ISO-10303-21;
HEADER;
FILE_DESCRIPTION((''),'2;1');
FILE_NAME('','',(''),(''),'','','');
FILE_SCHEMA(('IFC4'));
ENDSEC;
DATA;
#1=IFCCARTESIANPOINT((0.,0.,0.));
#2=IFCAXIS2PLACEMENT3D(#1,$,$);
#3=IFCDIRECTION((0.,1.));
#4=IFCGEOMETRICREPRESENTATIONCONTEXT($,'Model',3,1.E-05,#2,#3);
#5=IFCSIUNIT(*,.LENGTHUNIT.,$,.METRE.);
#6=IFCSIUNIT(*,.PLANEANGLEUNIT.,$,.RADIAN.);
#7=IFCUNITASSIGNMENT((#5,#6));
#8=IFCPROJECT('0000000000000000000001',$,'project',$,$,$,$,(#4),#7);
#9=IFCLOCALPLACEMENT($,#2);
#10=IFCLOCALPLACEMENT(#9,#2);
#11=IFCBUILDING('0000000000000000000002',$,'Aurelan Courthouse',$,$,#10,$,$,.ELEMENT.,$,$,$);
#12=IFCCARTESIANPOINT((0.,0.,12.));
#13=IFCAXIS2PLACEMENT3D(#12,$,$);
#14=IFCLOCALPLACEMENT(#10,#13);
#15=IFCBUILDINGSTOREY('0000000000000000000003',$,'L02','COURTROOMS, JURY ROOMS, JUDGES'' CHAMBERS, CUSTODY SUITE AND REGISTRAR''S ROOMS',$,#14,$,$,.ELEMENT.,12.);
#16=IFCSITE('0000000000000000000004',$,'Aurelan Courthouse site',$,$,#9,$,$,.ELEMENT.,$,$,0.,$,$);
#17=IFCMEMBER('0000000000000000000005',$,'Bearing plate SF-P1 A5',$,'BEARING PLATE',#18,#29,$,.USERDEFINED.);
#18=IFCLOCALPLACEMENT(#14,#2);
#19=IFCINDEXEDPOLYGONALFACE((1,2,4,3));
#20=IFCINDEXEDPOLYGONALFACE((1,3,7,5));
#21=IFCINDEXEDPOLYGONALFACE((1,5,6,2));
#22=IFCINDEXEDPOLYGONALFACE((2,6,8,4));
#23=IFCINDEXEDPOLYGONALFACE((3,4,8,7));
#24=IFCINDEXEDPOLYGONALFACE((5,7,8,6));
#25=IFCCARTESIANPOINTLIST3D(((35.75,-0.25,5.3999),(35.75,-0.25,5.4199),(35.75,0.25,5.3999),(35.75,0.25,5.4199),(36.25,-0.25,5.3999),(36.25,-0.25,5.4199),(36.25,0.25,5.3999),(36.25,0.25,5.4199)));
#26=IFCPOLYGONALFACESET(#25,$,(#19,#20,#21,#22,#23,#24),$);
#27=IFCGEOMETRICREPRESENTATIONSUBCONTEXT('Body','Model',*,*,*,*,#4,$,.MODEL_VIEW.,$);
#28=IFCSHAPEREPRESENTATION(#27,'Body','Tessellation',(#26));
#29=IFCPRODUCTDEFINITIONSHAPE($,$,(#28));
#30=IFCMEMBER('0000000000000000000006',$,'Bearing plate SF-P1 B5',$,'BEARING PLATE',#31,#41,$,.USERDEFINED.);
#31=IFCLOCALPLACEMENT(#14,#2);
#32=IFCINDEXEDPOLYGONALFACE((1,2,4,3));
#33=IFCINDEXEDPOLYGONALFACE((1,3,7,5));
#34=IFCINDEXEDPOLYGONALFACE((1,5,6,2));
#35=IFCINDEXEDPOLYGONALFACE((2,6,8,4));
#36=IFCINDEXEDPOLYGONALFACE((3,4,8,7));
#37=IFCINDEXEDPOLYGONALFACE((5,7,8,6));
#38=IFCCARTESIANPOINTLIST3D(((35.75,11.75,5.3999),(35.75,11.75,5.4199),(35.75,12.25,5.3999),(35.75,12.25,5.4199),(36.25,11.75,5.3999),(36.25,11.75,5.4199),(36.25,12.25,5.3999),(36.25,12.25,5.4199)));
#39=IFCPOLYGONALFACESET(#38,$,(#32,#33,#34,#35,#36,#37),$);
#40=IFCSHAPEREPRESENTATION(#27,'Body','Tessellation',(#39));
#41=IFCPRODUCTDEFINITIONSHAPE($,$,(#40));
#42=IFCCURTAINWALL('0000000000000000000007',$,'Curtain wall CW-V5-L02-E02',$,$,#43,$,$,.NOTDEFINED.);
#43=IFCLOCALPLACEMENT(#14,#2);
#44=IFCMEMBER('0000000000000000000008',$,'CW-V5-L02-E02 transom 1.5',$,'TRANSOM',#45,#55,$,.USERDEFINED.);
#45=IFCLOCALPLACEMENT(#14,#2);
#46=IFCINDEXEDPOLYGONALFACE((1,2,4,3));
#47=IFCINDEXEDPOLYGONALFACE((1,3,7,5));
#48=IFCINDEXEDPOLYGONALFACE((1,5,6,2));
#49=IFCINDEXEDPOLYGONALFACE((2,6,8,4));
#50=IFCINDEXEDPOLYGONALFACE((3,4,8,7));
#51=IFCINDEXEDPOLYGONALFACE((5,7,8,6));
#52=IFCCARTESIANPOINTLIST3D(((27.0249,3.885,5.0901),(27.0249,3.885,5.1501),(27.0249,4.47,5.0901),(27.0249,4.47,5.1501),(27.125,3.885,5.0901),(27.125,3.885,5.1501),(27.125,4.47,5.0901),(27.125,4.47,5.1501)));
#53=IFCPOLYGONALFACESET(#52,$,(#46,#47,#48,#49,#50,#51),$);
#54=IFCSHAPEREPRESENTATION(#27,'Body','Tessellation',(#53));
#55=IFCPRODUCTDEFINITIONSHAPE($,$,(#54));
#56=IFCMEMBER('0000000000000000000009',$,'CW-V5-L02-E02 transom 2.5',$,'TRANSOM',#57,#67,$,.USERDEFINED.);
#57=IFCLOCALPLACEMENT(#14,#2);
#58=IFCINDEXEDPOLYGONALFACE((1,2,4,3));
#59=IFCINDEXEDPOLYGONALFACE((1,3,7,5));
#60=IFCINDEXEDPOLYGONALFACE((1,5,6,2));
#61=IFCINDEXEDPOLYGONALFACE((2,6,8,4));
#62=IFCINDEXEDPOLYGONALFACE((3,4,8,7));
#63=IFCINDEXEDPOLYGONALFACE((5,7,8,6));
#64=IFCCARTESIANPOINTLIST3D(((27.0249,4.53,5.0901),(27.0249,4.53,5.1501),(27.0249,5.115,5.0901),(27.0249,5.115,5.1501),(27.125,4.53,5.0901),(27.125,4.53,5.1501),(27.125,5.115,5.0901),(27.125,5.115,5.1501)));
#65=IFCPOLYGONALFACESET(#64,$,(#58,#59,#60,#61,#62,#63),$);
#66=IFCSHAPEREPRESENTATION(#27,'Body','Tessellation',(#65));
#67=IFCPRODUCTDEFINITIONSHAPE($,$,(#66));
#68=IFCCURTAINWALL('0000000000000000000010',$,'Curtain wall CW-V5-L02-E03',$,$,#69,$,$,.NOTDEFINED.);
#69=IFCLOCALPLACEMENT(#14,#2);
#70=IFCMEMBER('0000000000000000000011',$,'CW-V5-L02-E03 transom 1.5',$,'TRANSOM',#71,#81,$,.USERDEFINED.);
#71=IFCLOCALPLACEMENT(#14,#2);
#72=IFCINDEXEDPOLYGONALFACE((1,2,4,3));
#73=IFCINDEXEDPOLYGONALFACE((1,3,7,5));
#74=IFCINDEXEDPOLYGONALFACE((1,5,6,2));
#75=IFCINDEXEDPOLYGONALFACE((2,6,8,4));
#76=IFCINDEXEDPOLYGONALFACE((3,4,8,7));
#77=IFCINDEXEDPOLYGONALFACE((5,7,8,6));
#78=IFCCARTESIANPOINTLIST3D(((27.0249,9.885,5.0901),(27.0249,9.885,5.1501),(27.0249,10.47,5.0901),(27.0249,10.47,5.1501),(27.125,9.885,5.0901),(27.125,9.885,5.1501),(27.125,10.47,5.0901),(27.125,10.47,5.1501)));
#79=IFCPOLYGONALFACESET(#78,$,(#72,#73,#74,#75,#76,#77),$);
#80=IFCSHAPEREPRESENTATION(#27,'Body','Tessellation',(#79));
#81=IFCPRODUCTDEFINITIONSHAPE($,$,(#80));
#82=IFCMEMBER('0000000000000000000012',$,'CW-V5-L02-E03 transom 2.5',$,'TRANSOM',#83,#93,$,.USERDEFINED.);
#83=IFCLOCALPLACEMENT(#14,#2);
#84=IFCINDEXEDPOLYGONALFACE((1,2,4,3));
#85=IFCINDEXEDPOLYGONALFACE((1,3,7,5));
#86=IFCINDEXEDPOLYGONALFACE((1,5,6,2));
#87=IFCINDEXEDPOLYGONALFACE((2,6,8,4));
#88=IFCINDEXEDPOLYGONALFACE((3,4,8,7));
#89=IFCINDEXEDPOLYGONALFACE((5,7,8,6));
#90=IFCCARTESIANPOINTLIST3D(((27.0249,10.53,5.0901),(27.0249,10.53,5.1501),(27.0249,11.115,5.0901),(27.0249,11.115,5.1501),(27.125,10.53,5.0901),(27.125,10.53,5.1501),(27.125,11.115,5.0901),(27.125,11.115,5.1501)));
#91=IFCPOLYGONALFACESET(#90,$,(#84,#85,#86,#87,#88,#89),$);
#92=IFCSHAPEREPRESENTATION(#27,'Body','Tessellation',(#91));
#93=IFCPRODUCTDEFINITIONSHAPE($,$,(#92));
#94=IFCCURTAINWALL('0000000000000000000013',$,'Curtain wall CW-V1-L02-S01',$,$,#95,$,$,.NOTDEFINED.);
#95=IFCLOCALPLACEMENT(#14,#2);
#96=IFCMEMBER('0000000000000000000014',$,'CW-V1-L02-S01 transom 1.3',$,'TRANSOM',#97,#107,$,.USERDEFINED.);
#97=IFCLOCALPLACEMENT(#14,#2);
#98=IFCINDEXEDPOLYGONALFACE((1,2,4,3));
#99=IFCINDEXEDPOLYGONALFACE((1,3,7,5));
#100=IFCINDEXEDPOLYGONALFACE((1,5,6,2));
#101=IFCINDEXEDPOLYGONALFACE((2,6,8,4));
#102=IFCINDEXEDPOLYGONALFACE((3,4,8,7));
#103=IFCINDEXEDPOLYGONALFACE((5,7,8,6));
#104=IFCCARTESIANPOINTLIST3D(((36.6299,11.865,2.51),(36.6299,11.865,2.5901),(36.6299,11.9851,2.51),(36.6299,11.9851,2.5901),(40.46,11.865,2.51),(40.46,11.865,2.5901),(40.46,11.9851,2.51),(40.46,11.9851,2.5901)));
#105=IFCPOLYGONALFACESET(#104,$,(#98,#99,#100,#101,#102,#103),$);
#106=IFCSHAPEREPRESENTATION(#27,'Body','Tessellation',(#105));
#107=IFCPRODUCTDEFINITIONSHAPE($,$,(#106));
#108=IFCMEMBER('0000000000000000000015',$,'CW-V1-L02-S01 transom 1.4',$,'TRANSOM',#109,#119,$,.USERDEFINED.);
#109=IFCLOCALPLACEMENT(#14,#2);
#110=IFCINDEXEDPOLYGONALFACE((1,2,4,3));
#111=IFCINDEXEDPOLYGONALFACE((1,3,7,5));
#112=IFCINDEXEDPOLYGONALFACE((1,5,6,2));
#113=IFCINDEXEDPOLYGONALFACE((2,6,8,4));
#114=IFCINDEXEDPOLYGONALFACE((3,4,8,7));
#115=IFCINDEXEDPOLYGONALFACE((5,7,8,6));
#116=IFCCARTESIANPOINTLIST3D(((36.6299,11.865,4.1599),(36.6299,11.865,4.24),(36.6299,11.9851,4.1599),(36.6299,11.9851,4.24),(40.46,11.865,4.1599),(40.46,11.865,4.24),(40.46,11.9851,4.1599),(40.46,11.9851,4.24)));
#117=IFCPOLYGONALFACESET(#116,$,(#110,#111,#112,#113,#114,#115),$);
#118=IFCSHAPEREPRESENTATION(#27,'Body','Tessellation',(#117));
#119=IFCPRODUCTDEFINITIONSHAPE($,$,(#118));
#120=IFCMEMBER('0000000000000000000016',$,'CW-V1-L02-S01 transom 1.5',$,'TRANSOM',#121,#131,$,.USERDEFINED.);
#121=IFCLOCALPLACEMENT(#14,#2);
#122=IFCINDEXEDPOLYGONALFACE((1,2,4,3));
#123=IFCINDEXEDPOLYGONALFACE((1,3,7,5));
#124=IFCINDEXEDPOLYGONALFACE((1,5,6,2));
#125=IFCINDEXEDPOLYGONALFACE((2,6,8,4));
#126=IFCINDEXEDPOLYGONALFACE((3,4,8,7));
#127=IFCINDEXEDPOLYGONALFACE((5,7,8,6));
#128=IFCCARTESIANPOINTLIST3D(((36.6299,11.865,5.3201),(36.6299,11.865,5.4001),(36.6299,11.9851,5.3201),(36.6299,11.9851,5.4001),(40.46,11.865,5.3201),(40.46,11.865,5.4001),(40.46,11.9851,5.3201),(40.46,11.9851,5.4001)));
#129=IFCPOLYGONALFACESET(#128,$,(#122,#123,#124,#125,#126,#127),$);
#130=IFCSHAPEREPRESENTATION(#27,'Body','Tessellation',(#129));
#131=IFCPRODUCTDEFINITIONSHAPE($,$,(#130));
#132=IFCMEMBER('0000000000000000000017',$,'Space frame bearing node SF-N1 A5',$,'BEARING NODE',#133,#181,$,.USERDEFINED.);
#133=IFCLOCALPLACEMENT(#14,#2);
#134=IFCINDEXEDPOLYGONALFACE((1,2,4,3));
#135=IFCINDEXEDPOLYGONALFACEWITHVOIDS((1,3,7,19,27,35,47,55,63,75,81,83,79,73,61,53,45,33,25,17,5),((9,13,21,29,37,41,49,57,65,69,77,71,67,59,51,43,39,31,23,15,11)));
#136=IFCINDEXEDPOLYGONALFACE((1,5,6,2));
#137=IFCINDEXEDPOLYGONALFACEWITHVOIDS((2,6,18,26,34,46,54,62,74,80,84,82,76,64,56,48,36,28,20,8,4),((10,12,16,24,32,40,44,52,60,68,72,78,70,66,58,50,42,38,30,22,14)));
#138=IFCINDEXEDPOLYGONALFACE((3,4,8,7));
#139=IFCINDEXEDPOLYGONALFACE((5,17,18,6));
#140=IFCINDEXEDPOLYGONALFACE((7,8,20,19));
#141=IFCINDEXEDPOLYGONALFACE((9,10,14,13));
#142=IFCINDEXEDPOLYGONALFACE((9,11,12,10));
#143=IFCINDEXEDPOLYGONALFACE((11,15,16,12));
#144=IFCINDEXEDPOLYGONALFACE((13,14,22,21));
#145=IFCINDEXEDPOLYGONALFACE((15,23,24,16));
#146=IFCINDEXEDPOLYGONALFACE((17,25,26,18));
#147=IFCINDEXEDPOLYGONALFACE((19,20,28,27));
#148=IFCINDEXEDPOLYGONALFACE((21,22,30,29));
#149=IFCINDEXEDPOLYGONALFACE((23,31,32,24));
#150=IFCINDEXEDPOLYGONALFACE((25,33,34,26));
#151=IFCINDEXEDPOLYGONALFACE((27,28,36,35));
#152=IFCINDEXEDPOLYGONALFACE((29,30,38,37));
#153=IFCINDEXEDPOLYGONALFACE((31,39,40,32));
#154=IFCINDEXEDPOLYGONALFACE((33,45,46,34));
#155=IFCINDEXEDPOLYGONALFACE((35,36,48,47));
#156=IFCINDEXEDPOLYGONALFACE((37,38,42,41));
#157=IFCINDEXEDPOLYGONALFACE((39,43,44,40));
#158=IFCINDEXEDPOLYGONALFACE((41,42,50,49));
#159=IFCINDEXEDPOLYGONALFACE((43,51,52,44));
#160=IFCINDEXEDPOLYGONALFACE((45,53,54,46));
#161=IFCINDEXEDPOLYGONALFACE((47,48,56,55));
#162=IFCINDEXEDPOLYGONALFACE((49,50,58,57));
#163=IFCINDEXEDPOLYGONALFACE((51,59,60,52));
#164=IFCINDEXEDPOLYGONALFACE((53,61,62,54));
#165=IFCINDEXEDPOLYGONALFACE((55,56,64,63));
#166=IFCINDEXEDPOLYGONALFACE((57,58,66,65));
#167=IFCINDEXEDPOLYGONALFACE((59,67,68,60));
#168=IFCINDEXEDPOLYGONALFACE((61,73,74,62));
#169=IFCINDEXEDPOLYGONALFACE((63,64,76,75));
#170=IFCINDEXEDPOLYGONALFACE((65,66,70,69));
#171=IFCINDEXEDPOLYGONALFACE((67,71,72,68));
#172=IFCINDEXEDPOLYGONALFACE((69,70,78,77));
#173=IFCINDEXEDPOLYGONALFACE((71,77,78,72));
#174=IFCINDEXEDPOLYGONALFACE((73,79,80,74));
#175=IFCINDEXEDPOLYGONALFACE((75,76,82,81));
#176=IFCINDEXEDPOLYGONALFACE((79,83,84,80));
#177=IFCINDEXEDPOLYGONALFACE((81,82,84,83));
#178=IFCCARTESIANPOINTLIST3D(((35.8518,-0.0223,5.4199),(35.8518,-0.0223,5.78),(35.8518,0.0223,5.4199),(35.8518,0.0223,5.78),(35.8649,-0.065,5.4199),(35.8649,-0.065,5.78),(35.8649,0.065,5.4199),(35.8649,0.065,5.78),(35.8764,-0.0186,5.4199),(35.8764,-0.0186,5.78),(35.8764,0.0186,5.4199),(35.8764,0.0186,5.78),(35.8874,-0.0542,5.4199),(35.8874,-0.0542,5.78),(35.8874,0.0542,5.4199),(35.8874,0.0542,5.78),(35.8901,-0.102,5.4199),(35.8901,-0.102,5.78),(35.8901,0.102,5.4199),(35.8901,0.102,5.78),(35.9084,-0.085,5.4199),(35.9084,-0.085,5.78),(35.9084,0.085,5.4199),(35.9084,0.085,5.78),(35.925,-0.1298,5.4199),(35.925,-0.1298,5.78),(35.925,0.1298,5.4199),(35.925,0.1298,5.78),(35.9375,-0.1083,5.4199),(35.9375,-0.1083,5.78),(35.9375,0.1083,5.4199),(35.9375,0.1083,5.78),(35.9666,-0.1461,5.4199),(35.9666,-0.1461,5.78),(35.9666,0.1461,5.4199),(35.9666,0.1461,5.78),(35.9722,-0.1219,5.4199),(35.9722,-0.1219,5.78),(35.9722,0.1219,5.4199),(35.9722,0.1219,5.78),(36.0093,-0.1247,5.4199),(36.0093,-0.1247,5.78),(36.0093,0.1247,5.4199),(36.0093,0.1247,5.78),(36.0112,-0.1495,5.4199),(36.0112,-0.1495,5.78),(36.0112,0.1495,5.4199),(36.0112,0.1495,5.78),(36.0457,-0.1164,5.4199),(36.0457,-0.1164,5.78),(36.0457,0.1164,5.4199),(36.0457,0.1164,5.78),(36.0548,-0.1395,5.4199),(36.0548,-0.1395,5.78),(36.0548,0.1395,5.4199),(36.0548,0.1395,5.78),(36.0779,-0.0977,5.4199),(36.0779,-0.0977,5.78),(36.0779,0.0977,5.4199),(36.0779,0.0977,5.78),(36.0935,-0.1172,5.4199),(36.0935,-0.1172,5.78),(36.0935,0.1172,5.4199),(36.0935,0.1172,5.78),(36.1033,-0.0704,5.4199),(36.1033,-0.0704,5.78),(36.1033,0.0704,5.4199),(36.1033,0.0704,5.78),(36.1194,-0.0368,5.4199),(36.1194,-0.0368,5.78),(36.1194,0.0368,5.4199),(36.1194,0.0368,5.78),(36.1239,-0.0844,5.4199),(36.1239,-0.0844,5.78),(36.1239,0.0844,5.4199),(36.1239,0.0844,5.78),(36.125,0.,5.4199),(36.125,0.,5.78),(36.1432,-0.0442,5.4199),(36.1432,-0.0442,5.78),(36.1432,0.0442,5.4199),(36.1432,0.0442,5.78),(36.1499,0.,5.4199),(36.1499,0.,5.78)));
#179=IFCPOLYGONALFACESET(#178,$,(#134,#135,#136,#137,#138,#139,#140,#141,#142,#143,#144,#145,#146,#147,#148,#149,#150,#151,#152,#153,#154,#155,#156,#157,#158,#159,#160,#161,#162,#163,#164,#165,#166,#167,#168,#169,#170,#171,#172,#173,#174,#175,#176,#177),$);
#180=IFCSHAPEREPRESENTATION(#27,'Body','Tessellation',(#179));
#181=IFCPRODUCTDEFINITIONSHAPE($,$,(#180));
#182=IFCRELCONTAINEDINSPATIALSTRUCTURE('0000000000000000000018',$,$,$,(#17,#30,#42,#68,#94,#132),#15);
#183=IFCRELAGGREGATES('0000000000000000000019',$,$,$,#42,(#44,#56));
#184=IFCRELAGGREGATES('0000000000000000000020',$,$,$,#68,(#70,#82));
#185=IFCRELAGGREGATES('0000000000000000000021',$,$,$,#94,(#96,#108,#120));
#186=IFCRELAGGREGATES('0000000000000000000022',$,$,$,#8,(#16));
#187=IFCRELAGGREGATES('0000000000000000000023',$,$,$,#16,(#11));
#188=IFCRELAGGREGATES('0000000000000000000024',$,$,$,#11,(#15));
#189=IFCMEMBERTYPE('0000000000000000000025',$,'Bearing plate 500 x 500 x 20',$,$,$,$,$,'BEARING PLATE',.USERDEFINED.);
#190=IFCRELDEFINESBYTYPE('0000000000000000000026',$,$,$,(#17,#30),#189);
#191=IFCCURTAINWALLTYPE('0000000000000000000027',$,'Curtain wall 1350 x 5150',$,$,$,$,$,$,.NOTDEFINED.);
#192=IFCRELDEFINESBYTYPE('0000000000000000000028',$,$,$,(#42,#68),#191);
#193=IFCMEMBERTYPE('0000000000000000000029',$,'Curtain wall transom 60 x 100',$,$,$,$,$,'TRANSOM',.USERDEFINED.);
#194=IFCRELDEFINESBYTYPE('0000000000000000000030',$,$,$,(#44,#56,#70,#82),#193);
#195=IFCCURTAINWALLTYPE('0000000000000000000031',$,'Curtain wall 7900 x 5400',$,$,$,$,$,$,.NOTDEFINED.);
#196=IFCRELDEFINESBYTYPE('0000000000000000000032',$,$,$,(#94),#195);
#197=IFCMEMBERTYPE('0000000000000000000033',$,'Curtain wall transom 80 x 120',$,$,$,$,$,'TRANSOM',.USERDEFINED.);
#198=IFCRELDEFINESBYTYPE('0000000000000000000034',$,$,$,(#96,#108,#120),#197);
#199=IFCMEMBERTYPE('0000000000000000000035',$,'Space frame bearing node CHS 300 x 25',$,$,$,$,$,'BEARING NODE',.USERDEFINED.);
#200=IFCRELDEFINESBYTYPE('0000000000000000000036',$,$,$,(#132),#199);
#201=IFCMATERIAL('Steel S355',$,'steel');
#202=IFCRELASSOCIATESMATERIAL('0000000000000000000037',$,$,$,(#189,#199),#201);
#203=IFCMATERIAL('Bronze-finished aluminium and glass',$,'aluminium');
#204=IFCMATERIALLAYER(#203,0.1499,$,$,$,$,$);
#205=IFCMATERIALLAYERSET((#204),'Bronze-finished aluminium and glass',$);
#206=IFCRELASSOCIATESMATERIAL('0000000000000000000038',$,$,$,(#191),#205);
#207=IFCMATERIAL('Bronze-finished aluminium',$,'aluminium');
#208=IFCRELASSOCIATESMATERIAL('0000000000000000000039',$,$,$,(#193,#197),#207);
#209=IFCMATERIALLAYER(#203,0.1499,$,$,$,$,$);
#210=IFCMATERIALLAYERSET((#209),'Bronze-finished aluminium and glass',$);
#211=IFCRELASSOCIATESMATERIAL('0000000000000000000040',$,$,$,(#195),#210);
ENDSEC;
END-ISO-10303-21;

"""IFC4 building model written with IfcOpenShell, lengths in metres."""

from ifc_helpers import new_model, si_unit, direction, frame, origin, origin_2d, place, context, subcontext, project, spatial, rectangle, hollow_circle, extrude, material, layer, layer_set, material_profile, profile_set, type_object, element, aggregate, save


model = new_model("IFC4")

# Units and contexts
model_context = context("Model", 3, precision=1e-05, world=origin(), true_north=direction((0.0, 1.0)))
body_context = subcontext(model_context, "Body", "Model", "MODEL_VIEW")
ifc_project = project(units=[si_unit("LENGTHUNIT", "METRE"), si_unit("PLANEANGLEUNIT", "RADIAN")], contexts=[model_context])

# Site, building, storey
site_placement = place(None, origin())
site = spatial("IfcSite", under=ifc_project, at=site_placement, Name="Aurelan Courthouse site", CompositionType="ELEMENT", RefElevation=0.0)
building_placement = place(site_placement, origin())
building = spatial("IfcBuilding", under=site, at=building_placement, Name="Aurelan Courthouse", CompositionType="ELEMENT")
storey_placement = place(building_placement, frame((0.0, 0.0, 12.0)))
storey = spatial("IfcBuildingStorey", under=building, at=storey_placement, Name="L02", Description="COURTROOMS, JURY ROOMS, JUDGES' CHAMBERS, CUSTODY SUITE AND REGISTRAR'S ROOMS", CompositionType="ELEMENT", Elevation=12.0)

# Members
ifc_material_1 = material(Name="Steel S355", Category="steel")
ifc_material_profile_1 = material_profile(ifc_material_1, rectangle(XDim=0.5, YDim=0.5, at=origin_2d()), Name="PL 500 x 500")
ifc_profile_set_1 = profile_set([ifc_material_profile_1], Name="Steel S355")
member_type_1 = type_object("IfcMemberType", Name="Bearing plate 500 x 500 x 20", ElementType="BEARING PLATE", PredefinedType="USERDEFINED", material=ifc_profile_set_1)
for number, where, z_axis, x_axis, name in (
    (1, (36.0, 0.0, 5.3999), (0.0, 0.0, 1.0), (1.0, 0.0, 0.0), "Bearing plate SF-P1 A5"),
    (2, (36.0, 12.0, 5.3999), (0.0, 0.0, 1.0), (1.0, 0.0, 0.0), "Bearing plate SF-P1 B5"),
):
    element("IfcMember", number, at=place(storey_placement, frame(where, z_axis=z_axis, x_axis=x_axis)), inside=storey, type_object=member_type_1, Name=name, ObjectType="BEARING PLATE", PredefinedType="USERDEFINED", context=body_context, shape_type="SweptSolid", body=[
        extrude(rectangle(XDim=0.5, YDim=0.5, at=origin_2d()), origin(), (0.0, 0.0, 1.0), 0.02),
    ])

# Curtain walls, members
ifc_material_2 = material(Name="Bronze-finished aluminium and glass", Category="aluminium")
ifc_layer_1 = layer(ifc_material_2, 0.1499)
ifc_layer_set_1 = layer_set([ifc_layer_1], Name="Bronze-finished aluminium and glass")
curtain_wall_type_1 = type_object("IfcCurtainWallType", Name="Curtain wall 1350 x 5150", PredefinedType="NOTDEFINED", material=ifc_layer_set_1)
curtain_wall_1_placement = place(storey_placement, origin())
curtain_wall_1 = element("IfcCurtainWall", 3, at=curtain_wall_1_placement, inside=storey, type_object=curtain_wall_type_1, Name="Curtain wall CW-V5-L02-E02", PredefinedType="NOTDEFINED")
ifc_material_3 = material(Name="Bronze-finished aluminium", Category="aluminium")
ifc_material_profile_2 = material_profile(ifc_material_3, rectangle(XDim=0.1001, YDim=0.0601, at=origin_2d()), Name="Bronze transom 60 x 100")
ifc_profile_set_2 = profile_set([ifc_material_profile_2], Name="Bronze-finished aluminium")
member_type_2 = type_object("IfcMemberType", Name="Curtain wall transom 60 x 100", ElementType="TRANSOM", PredefinedType="USERDEFINED", material=ifc_profile_set_2)
member_1_placement = place(storey_placement, frame((27.075, 3.885, 5.1201), z_axis=(0.0, 1.0, 0.0), x_axis=(-1.0, 0.0, 0.0)))
member_1 = element("IfcMember", 4, at=member_1_placement, type_object=member_type_2, Name="CW-V5-L02-E02 transom 1.5", ObjectType="TRANSOM", PredefinedType="USERDEFINED", context=body_context, shape_type="SweptSolid", body=[
    extrude(rectangle(XDim=0.1001, YDim=0.0601, at=origin_2d()), origin(), (0.0, 0.0, 1.0), 0.585),
])
member_2_placement = place(storey_placement, frame((27.075, 4.53, 5.1201), z_axis=(0.0, 1.0, 0.0), x_axis=(-1.0, 0.0, 0.0)))
member_2 = element("IfcMember", 5, at=member_2_placement, type_object=member_type_2, Name="CW-V5-L02-E02 transom 2.5", ObjectType="TRANSOM", PredefinedType="USERDEFINED", context=body_context, shape_type="SweptSolid", body=[
    extrude(rectangle(XDim=0.1001, YDim=0.0601, at=origin_2d()), origin(), (0.0, 0.0, 1.0), 0.585),
])
aggregate(curtain_wall_1, [member_1, member_2])
curtain_wall_2_placement = place(storey_placement, origin())
curtain_wall_2 = element("IfcCurtainWall", 6, at=curtain_wall_2_placement, inside=storey, type_object=curtain_wall_type_1, Name="Curtain wall CW-V5-L02-E03", PredefinedType="NOTDEFINED")
member_3_placement = place(storey_placement, frame((27.075, 9.885, 5.1201), z_axis=(0.0, 1.0, 0.0), x_axis=(-1.0, 0.0, 0.0)))
member_3 = element("IfcMember", 7, at=member_3_placement, type_object=member_type_2, Name="CW-V5-L02-E03 transom 1.5", ObjectType="TRANSOM", PredefinedType="USERDEFINED", context=body_context, shape_type="SweptSolid", body=[
    extrude(rectangle(XDim=0.1001, YDim=0.0601, at=origin_2d()), origin(), (0.0, 0.0, 1.0), 0.585),
])
member_4_placement = place(storey_placement, frame((27.075, 10.53, 5.1201), z_axis=(0.0, 1.0, 0.0), x_axis=(-1.0, 0.0, 0.0)))
member_4 = element("IfcMember", 8, at=member_4_placement, type_object=member_type_2, Name="CW-V5-L02-E03 transom 2.5", ObjectType="TRANSOM", PredefinedType="USERDEFINED", context=body_context, shape_type="SweptSolid", body=[
    extrude(rectangle(XDim=0.1001, YDim=0.0601, at=origin_2d()), origin(), (0.0, 0.0, 1.0), 0.585),
])
aggregate(curtain_wall_2, [member_3, member_4])
ifc_layer_2 = layer(ifc_material_2, 0.1499)
ifc_layer_set_2 = layer_set([ifc_layer_2], Name="Bronze-finished aluminium and glass")
curtain_wall_type_2 = type_object("IfcCurtainWallType", Name="Curtain wall 7900 x 5400", PredefinedType="NOTDEFINED", material=ifc_layer_set_2)
curtain_wall_3_placement = place(storey_placement, origin())
curtain_wall_3 = element("IfcCurtainWall", 9, at=curtain_wall_3_placement, inside=storey, type_object=curtain_wall_type_2, Name="Curtain wall CW-V1-L02-S01", PredefinedType="NOTDEFINED")
ifc_material_profile_3 = material_profile(ifc_material_3, rectangle(XDim=0.1201, YDim=0.0801, at=origin_2d()), Name="Bronze transom 80 x 120")
ifc_profile_set_3 = profile_set([ifc_material_profile_3], Name="Bronze-finished aluminium")
member_type_3 = type_object("IfcMemberType", Name="Curtain wall transom 80 x 120", ElementType="TRANSOM", PredefinedType="USERDEFINED", material=ifc_profile_set_3)
member_5_placement = place(storey_placement, frame((36.6299, 11.925, 2.55), z_axis=(1.0, 0.0, 0.0), x_axis=(0.0, 1.0, 0.0)))
member_5 = element("IfcMember", 10, at=member_5_placement, type_object=member_type_3, Name="CW-V1-L02-S01 transom 1.3", ObjectType="TRANSOM", PredefinedType="USERDEFINED", context=body_context, shape_type="SweptSolid", body=[
    extrude(rectangle(XDim=0.1201, YDim=0.0801, at=origin_2d()), origin(), (0.0, 0.0, 1.0), 3.8301),
])
member_6_placement = place(storey_placement, frame((36.6299, 11.925, 4.2), z_axis=(1.0, 0.0, 0.0), x_axis=(0.0, 1.0, 0.0)))
member_6 = element("IfcMember", 11, at=member_6_placement, type_object=member_type_3, Name="CW-V1-L02-S01 transom 1.4", ObjectType="TRANSOM", PredefinedType="USERDEFINED", context=body_context, shape_type="SweptSolid", body=[
    extrude(rectangle(XDim=0.1201, YDim=0.0801, at=origin_2d()), origin(), (0.0, 0.0, 1.0), 3.8301),
])
member_7_placement = place(storey_placement, frame((36.6299, 11.925, 5.3601), z_axis=(1.0, 0.0, 0.0), x_axis=(0.0, 1.0, 0.0)))
member_7 = element("IfcMember", 12, at=member_7_placement, type_object=member_type_3, Name="CW-V1-L02-S01 transom 1.5", ObjectType="TRANSOM", PredefinedType="USERDEFINED", context=body_context, shape_type="SweptSolid", body=[
    extrude(rectangle(XDim=0.1201, YDim=0.0801, at=origin_2d()), origin(), (0.0, 0.0, 1.0), 3.8301),
])
aggregate(curtain_wall_3, [member_5, member_6, member_7])

# Member
ifc_material_profile_4 = material_profile(ifc_material_1, hollow_circle(Radius=0.1499, WallThickness=0.0249, at=origin_2d()), Name="CHS 300 x 25")
ifc_profile_set_4 = profile_set([ifc_material_profile_4], Name="Steel S355")
member_type_4 = type_object("IfcMemberType", Name="Space frame bearing node CHS 300 x 25", ElementType="BEARING NODE", PredefinedType="USERDEFINED", material=ifc_profile_set_4)
member_8_placement = place(storey_placement, frame((36.0, 0.0, 5.4199), z_axis=(0.0, 0.0, 1.0), x_axis=(1.0, 0.0, 0.0)))
element("IfcMember", 13, at=member_8_placement, inside=storey, type_object=member_type_4, Name="Space frame bearing node SF-N1 A5", ObjectType="BEARING NODE", PredefinedType="USERDEFINED", context=body_context, shape_type="SweptSolid", body=[
    extrude(hollow_circle(Radius=0.1499, WallThickness=0.0249, at=origin_2d()), origin(), (0.0, 0.0, 1.0), 0.3601),
])

save(model, "model.ifc")
